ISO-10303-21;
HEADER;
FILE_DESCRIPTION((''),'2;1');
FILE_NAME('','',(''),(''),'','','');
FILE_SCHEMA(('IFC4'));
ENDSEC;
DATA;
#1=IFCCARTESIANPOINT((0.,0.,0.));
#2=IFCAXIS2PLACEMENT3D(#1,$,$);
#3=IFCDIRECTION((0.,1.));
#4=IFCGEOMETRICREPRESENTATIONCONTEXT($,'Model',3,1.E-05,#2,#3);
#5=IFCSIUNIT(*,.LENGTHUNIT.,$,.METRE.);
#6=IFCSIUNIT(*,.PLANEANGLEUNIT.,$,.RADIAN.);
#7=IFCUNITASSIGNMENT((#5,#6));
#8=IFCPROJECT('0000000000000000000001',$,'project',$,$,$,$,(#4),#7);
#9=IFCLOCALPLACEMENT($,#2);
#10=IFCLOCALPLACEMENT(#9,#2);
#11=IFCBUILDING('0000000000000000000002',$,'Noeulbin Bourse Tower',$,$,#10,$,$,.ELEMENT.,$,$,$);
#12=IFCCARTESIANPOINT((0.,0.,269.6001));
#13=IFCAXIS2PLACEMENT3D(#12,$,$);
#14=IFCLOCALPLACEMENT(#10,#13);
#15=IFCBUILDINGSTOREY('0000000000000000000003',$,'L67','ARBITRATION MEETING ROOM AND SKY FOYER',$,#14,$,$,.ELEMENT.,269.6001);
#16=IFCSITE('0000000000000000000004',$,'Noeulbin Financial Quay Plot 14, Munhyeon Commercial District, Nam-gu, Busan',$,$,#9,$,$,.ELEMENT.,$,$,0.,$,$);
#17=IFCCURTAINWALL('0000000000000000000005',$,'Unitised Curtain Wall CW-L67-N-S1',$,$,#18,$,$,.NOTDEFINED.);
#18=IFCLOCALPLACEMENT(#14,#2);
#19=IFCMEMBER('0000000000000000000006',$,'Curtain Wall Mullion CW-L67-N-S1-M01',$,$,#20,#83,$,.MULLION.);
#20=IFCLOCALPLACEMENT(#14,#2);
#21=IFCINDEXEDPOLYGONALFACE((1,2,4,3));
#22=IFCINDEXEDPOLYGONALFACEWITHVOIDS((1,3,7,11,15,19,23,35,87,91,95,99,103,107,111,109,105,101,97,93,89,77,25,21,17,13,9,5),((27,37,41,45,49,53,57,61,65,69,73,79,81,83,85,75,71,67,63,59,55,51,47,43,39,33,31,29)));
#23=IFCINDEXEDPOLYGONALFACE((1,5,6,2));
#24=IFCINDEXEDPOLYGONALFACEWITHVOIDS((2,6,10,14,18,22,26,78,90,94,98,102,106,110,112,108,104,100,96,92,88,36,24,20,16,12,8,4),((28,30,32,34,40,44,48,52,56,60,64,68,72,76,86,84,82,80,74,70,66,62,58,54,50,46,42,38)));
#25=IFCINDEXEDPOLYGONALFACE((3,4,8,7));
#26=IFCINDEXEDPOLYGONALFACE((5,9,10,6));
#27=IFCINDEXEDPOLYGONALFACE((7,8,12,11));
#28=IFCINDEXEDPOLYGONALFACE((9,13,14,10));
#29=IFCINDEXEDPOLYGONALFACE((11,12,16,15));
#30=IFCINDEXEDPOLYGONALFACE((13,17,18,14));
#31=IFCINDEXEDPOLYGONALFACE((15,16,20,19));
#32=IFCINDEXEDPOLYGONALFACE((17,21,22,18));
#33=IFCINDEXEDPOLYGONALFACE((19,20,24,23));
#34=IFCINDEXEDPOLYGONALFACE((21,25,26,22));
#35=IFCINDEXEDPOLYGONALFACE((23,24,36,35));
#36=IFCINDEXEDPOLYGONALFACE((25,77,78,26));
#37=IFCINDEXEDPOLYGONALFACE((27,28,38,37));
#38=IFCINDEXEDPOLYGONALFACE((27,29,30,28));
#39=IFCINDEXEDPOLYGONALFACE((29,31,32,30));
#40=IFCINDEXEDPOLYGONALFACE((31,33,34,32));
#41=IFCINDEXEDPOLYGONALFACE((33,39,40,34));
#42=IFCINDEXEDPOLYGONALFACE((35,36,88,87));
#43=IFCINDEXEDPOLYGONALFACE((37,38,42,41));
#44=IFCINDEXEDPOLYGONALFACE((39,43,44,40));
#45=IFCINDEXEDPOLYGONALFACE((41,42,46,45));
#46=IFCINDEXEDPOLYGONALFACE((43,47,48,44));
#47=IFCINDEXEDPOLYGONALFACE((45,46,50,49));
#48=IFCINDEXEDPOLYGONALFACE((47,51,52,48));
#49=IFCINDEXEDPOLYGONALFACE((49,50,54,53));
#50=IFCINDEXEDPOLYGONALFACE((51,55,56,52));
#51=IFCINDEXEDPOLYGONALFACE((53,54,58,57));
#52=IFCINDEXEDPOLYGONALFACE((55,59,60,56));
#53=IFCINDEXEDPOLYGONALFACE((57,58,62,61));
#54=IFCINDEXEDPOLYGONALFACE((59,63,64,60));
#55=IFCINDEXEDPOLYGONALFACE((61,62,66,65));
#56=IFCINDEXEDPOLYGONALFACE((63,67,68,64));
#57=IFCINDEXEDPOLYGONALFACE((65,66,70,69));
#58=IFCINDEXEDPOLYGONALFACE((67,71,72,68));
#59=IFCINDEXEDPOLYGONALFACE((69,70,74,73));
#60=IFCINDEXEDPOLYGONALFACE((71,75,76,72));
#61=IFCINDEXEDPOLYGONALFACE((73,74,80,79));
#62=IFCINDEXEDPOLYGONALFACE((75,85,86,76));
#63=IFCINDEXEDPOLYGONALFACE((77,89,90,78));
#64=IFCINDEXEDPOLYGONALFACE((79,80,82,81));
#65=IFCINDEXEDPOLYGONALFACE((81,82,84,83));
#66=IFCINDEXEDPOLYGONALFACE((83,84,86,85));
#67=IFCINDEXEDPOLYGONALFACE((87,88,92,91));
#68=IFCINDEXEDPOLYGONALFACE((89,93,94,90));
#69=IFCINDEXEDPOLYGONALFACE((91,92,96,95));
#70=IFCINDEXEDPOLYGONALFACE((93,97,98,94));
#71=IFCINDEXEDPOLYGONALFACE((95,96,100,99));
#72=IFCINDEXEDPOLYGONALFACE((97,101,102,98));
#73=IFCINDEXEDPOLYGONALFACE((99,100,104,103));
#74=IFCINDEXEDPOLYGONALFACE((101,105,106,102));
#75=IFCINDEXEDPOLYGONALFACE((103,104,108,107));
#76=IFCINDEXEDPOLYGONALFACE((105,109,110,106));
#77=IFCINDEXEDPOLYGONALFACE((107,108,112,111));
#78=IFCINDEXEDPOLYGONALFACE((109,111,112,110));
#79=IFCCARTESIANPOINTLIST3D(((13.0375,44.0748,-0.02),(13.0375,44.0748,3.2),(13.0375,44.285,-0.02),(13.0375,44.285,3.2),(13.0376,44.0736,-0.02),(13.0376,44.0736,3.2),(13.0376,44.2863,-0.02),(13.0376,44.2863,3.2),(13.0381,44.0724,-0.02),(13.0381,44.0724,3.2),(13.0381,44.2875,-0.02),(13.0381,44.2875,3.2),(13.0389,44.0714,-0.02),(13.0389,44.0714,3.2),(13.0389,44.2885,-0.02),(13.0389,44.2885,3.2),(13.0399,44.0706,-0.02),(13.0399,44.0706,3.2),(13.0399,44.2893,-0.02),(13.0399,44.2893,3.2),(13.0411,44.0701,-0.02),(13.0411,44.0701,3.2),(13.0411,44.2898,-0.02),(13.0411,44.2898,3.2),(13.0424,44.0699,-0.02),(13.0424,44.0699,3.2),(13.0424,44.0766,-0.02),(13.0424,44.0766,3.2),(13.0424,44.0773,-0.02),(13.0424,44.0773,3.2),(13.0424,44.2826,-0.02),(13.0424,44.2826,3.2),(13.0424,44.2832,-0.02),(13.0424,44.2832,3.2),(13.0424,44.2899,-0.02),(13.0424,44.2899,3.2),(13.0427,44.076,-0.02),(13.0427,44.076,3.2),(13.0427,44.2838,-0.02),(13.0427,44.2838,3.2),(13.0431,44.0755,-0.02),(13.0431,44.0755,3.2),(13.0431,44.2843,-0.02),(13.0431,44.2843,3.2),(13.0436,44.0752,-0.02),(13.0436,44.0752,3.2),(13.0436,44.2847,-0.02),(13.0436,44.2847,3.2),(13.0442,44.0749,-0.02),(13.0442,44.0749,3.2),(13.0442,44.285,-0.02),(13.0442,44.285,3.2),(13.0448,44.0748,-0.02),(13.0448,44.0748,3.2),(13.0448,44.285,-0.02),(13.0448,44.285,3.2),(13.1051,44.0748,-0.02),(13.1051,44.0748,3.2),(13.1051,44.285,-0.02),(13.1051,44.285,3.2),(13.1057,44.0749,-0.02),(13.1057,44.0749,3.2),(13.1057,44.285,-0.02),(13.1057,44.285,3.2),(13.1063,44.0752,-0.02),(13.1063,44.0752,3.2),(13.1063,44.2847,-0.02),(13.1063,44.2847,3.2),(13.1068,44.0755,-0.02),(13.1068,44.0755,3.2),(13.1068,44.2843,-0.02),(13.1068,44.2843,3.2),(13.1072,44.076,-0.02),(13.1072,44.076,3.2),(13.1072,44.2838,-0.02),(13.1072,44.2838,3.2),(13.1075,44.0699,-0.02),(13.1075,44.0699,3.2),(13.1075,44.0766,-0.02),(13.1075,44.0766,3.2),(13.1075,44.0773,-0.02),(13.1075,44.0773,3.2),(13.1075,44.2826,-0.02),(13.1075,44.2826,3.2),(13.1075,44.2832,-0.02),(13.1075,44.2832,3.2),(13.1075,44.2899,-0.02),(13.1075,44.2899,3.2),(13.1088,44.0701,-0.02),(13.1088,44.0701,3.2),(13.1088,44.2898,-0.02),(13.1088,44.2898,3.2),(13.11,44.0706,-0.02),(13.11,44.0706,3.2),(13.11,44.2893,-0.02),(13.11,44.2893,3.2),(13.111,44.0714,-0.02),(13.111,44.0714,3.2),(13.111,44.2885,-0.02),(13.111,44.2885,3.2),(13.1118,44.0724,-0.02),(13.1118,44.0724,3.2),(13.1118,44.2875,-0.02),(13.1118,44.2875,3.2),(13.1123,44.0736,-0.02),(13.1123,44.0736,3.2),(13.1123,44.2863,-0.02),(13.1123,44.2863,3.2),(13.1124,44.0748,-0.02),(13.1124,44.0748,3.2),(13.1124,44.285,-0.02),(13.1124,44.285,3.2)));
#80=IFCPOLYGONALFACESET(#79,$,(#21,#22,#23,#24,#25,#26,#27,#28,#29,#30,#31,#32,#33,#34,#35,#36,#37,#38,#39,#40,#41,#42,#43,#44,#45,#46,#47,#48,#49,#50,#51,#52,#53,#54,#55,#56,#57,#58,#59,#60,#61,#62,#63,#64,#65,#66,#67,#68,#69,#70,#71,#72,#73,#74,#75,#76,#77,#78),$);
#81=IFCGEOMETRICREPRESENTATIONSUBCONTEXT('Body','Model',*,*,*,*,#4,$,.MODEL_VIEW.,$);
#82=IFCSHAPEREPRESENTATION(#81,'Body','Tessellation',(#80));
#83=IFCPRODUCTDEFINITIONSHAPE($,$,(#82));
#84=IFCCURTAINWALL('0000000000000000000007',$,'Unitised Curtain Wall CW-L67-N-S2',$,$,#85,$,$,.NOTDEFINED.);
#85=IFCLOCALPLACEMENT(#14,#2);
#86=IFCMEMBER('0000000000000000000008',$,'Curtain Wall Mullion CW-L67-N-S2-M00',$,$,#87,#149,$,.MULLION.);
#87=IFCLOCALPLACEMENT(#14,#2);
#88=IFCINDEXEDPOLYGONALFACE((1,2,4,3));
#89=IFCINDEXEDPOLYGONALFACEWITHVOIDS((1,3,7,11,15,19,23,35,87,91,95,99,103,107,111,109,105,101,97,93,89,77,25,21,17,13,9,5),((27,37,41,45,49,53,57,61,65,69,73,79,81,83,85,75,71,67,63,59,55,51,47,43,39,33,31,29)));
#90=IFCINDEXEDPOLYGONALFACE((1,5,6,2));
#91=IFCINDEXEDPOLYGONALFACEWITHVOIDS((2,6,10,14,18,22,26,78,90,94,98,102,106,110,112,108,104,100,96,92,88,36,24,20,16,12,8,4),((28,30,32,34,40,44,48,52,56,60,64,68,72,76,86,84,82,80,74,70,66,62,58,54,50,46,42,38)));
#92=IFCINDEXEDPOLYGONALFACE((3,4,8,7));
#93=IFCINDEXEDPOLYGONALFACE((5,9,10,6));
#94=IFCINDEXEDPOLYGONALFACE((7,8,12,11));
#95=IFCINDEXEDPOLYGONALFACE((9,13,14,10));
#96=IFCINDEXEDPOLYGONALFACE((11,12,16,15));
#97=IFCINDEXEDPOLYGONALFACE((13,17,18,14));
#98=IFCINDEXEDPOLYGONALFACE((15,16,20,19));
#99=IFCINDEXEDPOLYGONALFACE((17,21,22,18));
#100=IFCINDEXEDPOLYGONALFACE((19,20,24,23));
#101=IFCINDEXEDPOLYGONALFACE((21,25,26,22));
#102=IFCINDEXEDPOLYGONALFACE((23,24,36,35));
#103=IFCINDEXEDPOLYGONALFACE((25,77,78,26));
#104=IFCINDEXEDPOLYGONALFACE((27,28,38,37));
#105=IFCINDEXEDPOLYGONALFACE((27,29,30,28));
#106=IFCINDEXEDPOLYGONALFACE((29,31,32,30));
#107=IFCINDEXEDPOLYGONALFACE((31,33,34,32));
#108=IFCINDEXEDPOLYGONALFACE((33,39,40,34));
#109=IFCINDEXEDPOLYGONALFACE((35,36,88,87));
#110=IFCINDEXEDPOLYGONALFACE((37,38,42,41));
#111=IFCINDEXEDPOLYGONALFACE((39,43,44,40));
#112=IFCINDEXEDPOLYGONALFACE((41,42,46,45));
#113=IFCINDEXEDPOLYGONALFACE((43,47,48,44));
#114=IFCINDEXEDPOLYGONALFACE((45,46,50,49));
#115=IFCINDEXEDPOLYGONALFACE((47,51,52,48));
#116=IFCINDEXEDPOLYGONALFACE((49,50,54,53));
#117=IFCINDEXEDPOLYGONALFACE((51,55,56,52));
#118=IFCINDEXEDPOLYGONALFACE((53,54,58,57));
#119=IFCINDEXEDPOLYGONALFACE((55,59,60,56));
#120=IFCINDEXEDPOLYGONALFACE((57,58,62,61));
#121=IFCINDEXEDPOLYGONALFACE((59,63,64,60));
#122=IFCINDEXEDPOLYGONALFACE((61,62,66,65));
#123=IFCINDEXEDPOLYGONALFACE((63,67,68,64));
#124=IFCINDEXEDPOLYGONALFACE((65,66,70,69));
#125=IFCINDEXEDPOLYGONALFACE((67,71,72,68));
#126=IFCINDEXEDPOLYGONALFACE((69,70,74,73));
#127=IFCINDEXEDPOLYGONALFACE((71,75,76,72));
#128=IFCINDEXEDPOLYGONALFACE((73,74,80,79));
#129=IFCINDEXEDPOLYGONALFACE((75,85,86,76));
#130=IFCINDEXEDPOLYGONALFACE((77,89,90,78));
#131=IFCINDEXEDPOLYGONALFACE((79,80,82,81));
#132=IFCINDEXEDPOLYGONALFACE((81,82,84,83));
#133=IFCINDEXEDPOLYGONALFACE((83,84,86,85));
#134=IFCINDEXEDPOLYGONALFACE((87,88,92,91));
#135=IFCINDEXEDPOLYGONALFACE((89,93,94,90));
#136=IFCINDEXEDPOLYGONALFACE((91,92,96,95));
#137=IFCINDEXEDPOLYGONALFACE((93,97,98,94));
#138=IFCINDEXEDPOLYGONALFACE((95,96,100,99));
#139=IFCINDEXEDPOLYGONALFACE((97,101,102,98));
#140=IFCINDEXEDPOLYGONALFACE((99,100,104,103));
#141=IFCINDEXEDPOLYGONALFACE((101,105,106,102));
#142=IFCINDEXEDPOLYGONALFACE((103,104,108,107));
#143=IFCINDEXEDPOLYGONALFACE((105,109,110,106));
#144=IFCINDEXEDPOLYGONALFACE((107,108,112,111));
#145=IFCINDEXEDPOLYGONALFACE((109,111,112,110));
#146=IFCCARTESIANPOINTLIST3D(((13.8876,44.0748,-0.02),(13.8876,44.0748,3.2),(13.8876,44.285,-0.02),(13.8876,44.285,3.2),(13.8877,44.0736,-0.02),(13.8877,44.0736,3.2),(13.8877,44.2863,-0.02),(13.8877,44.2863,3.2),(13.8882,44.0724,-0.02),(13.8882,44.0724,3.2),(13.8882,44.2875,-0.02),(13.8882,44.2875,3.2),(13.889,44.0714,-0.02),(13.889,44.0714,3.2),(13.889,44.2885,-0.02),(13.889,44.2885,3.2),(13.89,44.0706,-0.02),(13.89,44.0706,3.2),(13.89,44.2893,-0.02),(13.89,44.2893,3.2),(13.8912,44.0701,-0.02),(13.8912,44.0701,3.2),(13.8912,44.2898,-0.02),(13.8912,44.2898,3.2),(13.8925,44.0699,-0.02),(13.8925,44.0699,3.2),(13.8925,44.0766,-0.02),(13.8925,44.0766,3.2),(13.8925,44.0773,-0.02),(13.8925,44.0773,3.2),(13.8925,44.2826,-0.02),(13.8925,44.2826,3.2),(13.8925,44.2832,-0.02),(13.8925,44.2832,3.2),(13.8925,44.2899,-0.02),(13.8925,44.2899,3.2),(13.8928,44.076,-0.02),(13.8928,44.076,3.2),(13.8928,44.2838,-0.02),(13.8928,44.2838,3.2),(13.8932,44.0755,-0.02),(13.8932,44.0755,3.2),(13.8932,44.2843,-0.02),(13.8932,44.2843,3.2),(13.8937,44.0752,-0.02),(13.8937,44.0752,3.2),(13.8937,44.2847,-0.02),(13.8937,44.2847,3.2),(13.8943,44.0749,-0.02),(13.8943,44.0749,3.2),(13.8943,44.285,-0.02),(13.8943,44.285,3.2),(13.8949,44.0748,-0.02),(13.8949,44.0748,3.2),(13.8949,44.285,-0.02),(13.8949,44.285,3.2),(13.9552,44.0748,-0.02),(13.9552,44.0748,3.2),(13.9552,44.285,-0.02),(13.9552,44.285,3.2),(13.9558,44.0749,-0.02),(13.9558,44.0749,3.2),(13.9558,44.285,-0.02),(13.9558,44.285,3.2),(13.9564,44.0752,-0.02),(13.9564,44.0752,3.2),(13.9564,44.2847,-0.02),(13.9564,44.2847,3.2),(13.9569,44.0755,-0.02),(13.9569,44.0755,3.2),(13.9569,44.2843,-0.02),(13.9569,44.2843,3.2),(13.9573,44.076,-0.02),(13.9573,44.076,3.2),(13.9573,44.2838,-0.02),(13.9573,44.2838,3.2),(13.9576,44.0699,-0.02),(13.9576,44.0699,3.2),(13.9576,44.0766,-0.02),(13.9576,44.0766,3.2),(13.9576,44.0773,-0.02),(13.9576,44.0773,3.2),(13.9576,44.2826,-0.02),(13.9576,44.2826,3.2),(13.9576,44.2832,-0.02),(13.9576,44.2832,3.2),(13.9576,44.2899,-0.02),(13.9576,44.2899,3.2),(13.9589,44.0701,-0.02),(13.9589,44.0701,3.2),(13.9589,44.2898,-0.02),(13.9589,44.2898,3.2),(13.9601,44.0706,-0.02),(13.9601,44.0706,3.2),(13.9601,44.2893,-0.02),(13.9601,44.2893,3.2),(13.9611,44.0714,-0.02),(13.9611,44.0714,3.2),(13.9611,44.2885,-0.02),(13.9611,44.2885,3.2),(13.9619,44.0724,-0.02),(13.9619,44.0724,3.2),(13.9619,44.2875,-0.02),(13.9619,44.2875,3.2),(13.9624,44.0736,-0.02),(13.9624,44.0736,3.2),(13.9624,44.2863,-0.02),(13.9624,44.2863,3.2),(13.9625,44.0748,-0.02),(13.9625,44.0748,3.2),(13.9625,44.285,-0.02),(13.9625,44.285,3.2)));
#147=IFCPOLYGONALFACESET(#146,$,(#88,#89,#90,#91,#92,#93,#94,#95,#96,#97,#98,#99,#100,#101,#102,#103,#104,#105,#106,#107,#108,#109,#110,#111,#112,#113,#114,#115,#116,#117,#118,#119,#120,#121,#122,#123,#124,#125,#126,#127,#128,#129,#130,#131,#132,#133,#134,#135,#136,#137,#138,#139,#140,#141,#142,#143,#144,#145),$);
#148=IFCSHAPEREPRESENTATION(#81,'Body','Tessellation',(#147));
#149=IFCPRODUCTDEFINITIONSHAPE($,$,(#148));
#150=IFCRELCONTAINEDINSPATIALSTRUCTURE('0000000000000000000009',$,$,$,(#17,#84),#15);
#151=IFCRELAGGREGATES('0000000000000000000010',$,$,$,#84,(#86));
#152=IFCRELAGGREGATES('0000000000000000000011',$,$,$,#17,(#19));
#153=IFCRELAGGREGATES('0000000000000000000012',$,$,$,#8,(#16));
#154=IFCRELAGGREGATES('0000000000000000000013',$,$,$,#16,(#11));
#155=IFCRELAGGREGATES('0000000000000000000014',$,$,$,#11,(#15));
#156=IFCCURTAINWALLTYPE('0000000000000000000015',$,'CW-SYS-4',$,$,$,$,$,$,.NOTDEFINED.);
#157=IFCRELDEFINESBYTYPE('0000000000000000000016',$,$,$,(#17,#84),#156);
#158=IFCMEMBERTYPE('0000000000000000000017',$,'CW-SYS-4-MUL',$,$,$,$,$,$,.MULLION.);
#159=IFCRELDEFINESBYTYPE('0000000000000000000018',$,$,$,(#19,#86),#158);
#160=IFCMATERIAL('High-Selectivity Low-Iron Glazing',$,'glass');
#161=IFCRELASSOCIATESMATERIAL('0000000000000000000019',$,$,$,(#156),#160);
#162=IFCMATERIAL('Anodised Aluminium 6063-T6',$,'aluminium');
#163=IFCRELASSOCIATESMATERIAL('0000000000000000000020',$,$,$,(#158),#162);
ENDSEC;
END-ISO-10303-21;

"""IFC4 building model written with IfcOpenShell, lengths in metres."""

from ifc_helpers import new_model, si_unit, direction, frame, origin, origin_2d, place, context, subcontext, project, spatial, hollow_rectangle, extrude, material, material_profile, profile_set, type_object, element, aggregate, save


model = new_model("IFC4")

# Units and contexts
model_context = context("Model", 3, precision=1e-05, world=origin(), true_north=direction((0.0, 1.0)))
body_context = subcontext(model_context, "Body", "Model", "MODEL_VIEW")
ifc_project = project(units=[si_unit("LENGTHUNIT", "METRE"), si_unit("PLANEANGLEUNIT", "RADIAN")], contexts=[model_context])

# Site, building, storey
site_placement = place(None, origin())
site = spatial("IfcSite", under=ifc_project, at=site_placement, Name="Noeulbin Financial Quay Plot 14, Munhyeon Commercial District, Nam-gu, Busan", CompositionType="ELEMENT", RefElevation=0.0)
building_placement = place(site_placement, origin())
building = spatial("IfcBuilding", under=site, at=building_placement, Name="Noeulbin Bourse Tower", CompositionType="ELEMENT")
storey_placement = place(building_placement, frame((0.0, 0.0, 269.6001)))
storey = spatial("IfcBuildingStorey", under=building, at=storey_placement, Name="L67", Description="ARBITRATION MEETING ROOM AND SKY FOYER", CompositionType="ELEMENT", Elevation=269.6001)

# Curtain wall, member
ifc_material_1 = material(Name="High-Selectivity Low-Iron Glazing", Category="glass")
curtain_wall_type = type_object("IfcCurtainWallType", Name="CW-SYS-4", PredefinedType="NOTDEFINED", material=ifc_material_1)
curtain_wall_1_placement = place(storey_placement, origin())
curtain_wall_1 = element("IfcCurtainWall", 1, at=curtain_wall_1_placement, inside=storey, type_object=curtain_wall_type, Name="Unitised Curtain Wall CW-L67-N-S1", PredefinedType="NOTDEFINED")
ifc_material_2 = material(Name="Anodised Aluminium 6063-T6", Category="aluminium")
ifc_material_profile_1 = material_profile(ifc_material_2, hollow_rectangle(XDim=0.075, YDim=0.22, WallThickness=0.0049, InnerFilletRadius=0.0024, OuterFilletRadius=0.0049, at=origin_2d()), Name="ALU-MULL-75x220x5", Category="LoadBearing")
ifc_profile_set_1 = profile_set([ifc_material_profile_1], Name="Anodised Aluminium 6063-T6")
member_type_1 = type_object("IfcMemberType", Name="CW-SYS-4-MUL", PredefinedType="MULLION", material=ifc_profile_set_1)
member_1_placement = place(storey_placement, frame((13.075, 44.1799, -0.02), z_axis=(0.0, 0.0, 1.0), x_axis=(1.0, 0.0, 0.0)))
member_1 = element("IfcMember", 2, at=member_1_placement, type_object=member_type_1, Name="Curtain Wall Mullion CW-L67-N-S1-M01", PredefinedType="MULLION", context=body_context, shape_type="SweptSolid", body=[
    extrude(hollow_rectangle(XDim=0.075, YDim=0.22, WallThickness=0.0049, InnerFilletRadius=0.0024, OuterFilletRadius=0.0049, at=origin_2d()), origin(), (0.0, 0.0, 1.0), 3.22),
])

# Curtain wall, member
curtain_wall_2_placement = place(storey_placement, origin())
curtain_wall_2 = element("IfcCurtainWall", 3, at=curtain_wall_2_placement, inside=storey, type_object=curtain_wall_type, Name="Unitised Curtain Wall CW-L67-N-S2", PredefinedType="NOTDEFINED")
member_2_placement = place(storey_placement, frame((13.925, 44.1799, -0.02), z_axis=(0.0, 0.0, 1.0), x_axis=(1.0, 0.0, 0.0)))
member_2 = element("IfcMember", 4, at=member_2_placement, type_object=member_type_1, Name="Curtain Wall Mullion CW-L67-N-S2-M00", PredefinedType="MULLION", context=body_context, shape_type="SweptSolid", body=[
    extrude(hollow_rectangle(XDim=0.075, YDim=0.22, WallThickness=0.0049, InnerFilletRadius=0.0024, OuterFilletRadius=0.0049, at=origin_2d()), origin(), (0.0, 0.0, 1.0), 3.22),
])

aggregate(curtain_wall_2, [member_2])

aggregate(curtain_wall_1, [member_1])

save(model, "model.ifc")
